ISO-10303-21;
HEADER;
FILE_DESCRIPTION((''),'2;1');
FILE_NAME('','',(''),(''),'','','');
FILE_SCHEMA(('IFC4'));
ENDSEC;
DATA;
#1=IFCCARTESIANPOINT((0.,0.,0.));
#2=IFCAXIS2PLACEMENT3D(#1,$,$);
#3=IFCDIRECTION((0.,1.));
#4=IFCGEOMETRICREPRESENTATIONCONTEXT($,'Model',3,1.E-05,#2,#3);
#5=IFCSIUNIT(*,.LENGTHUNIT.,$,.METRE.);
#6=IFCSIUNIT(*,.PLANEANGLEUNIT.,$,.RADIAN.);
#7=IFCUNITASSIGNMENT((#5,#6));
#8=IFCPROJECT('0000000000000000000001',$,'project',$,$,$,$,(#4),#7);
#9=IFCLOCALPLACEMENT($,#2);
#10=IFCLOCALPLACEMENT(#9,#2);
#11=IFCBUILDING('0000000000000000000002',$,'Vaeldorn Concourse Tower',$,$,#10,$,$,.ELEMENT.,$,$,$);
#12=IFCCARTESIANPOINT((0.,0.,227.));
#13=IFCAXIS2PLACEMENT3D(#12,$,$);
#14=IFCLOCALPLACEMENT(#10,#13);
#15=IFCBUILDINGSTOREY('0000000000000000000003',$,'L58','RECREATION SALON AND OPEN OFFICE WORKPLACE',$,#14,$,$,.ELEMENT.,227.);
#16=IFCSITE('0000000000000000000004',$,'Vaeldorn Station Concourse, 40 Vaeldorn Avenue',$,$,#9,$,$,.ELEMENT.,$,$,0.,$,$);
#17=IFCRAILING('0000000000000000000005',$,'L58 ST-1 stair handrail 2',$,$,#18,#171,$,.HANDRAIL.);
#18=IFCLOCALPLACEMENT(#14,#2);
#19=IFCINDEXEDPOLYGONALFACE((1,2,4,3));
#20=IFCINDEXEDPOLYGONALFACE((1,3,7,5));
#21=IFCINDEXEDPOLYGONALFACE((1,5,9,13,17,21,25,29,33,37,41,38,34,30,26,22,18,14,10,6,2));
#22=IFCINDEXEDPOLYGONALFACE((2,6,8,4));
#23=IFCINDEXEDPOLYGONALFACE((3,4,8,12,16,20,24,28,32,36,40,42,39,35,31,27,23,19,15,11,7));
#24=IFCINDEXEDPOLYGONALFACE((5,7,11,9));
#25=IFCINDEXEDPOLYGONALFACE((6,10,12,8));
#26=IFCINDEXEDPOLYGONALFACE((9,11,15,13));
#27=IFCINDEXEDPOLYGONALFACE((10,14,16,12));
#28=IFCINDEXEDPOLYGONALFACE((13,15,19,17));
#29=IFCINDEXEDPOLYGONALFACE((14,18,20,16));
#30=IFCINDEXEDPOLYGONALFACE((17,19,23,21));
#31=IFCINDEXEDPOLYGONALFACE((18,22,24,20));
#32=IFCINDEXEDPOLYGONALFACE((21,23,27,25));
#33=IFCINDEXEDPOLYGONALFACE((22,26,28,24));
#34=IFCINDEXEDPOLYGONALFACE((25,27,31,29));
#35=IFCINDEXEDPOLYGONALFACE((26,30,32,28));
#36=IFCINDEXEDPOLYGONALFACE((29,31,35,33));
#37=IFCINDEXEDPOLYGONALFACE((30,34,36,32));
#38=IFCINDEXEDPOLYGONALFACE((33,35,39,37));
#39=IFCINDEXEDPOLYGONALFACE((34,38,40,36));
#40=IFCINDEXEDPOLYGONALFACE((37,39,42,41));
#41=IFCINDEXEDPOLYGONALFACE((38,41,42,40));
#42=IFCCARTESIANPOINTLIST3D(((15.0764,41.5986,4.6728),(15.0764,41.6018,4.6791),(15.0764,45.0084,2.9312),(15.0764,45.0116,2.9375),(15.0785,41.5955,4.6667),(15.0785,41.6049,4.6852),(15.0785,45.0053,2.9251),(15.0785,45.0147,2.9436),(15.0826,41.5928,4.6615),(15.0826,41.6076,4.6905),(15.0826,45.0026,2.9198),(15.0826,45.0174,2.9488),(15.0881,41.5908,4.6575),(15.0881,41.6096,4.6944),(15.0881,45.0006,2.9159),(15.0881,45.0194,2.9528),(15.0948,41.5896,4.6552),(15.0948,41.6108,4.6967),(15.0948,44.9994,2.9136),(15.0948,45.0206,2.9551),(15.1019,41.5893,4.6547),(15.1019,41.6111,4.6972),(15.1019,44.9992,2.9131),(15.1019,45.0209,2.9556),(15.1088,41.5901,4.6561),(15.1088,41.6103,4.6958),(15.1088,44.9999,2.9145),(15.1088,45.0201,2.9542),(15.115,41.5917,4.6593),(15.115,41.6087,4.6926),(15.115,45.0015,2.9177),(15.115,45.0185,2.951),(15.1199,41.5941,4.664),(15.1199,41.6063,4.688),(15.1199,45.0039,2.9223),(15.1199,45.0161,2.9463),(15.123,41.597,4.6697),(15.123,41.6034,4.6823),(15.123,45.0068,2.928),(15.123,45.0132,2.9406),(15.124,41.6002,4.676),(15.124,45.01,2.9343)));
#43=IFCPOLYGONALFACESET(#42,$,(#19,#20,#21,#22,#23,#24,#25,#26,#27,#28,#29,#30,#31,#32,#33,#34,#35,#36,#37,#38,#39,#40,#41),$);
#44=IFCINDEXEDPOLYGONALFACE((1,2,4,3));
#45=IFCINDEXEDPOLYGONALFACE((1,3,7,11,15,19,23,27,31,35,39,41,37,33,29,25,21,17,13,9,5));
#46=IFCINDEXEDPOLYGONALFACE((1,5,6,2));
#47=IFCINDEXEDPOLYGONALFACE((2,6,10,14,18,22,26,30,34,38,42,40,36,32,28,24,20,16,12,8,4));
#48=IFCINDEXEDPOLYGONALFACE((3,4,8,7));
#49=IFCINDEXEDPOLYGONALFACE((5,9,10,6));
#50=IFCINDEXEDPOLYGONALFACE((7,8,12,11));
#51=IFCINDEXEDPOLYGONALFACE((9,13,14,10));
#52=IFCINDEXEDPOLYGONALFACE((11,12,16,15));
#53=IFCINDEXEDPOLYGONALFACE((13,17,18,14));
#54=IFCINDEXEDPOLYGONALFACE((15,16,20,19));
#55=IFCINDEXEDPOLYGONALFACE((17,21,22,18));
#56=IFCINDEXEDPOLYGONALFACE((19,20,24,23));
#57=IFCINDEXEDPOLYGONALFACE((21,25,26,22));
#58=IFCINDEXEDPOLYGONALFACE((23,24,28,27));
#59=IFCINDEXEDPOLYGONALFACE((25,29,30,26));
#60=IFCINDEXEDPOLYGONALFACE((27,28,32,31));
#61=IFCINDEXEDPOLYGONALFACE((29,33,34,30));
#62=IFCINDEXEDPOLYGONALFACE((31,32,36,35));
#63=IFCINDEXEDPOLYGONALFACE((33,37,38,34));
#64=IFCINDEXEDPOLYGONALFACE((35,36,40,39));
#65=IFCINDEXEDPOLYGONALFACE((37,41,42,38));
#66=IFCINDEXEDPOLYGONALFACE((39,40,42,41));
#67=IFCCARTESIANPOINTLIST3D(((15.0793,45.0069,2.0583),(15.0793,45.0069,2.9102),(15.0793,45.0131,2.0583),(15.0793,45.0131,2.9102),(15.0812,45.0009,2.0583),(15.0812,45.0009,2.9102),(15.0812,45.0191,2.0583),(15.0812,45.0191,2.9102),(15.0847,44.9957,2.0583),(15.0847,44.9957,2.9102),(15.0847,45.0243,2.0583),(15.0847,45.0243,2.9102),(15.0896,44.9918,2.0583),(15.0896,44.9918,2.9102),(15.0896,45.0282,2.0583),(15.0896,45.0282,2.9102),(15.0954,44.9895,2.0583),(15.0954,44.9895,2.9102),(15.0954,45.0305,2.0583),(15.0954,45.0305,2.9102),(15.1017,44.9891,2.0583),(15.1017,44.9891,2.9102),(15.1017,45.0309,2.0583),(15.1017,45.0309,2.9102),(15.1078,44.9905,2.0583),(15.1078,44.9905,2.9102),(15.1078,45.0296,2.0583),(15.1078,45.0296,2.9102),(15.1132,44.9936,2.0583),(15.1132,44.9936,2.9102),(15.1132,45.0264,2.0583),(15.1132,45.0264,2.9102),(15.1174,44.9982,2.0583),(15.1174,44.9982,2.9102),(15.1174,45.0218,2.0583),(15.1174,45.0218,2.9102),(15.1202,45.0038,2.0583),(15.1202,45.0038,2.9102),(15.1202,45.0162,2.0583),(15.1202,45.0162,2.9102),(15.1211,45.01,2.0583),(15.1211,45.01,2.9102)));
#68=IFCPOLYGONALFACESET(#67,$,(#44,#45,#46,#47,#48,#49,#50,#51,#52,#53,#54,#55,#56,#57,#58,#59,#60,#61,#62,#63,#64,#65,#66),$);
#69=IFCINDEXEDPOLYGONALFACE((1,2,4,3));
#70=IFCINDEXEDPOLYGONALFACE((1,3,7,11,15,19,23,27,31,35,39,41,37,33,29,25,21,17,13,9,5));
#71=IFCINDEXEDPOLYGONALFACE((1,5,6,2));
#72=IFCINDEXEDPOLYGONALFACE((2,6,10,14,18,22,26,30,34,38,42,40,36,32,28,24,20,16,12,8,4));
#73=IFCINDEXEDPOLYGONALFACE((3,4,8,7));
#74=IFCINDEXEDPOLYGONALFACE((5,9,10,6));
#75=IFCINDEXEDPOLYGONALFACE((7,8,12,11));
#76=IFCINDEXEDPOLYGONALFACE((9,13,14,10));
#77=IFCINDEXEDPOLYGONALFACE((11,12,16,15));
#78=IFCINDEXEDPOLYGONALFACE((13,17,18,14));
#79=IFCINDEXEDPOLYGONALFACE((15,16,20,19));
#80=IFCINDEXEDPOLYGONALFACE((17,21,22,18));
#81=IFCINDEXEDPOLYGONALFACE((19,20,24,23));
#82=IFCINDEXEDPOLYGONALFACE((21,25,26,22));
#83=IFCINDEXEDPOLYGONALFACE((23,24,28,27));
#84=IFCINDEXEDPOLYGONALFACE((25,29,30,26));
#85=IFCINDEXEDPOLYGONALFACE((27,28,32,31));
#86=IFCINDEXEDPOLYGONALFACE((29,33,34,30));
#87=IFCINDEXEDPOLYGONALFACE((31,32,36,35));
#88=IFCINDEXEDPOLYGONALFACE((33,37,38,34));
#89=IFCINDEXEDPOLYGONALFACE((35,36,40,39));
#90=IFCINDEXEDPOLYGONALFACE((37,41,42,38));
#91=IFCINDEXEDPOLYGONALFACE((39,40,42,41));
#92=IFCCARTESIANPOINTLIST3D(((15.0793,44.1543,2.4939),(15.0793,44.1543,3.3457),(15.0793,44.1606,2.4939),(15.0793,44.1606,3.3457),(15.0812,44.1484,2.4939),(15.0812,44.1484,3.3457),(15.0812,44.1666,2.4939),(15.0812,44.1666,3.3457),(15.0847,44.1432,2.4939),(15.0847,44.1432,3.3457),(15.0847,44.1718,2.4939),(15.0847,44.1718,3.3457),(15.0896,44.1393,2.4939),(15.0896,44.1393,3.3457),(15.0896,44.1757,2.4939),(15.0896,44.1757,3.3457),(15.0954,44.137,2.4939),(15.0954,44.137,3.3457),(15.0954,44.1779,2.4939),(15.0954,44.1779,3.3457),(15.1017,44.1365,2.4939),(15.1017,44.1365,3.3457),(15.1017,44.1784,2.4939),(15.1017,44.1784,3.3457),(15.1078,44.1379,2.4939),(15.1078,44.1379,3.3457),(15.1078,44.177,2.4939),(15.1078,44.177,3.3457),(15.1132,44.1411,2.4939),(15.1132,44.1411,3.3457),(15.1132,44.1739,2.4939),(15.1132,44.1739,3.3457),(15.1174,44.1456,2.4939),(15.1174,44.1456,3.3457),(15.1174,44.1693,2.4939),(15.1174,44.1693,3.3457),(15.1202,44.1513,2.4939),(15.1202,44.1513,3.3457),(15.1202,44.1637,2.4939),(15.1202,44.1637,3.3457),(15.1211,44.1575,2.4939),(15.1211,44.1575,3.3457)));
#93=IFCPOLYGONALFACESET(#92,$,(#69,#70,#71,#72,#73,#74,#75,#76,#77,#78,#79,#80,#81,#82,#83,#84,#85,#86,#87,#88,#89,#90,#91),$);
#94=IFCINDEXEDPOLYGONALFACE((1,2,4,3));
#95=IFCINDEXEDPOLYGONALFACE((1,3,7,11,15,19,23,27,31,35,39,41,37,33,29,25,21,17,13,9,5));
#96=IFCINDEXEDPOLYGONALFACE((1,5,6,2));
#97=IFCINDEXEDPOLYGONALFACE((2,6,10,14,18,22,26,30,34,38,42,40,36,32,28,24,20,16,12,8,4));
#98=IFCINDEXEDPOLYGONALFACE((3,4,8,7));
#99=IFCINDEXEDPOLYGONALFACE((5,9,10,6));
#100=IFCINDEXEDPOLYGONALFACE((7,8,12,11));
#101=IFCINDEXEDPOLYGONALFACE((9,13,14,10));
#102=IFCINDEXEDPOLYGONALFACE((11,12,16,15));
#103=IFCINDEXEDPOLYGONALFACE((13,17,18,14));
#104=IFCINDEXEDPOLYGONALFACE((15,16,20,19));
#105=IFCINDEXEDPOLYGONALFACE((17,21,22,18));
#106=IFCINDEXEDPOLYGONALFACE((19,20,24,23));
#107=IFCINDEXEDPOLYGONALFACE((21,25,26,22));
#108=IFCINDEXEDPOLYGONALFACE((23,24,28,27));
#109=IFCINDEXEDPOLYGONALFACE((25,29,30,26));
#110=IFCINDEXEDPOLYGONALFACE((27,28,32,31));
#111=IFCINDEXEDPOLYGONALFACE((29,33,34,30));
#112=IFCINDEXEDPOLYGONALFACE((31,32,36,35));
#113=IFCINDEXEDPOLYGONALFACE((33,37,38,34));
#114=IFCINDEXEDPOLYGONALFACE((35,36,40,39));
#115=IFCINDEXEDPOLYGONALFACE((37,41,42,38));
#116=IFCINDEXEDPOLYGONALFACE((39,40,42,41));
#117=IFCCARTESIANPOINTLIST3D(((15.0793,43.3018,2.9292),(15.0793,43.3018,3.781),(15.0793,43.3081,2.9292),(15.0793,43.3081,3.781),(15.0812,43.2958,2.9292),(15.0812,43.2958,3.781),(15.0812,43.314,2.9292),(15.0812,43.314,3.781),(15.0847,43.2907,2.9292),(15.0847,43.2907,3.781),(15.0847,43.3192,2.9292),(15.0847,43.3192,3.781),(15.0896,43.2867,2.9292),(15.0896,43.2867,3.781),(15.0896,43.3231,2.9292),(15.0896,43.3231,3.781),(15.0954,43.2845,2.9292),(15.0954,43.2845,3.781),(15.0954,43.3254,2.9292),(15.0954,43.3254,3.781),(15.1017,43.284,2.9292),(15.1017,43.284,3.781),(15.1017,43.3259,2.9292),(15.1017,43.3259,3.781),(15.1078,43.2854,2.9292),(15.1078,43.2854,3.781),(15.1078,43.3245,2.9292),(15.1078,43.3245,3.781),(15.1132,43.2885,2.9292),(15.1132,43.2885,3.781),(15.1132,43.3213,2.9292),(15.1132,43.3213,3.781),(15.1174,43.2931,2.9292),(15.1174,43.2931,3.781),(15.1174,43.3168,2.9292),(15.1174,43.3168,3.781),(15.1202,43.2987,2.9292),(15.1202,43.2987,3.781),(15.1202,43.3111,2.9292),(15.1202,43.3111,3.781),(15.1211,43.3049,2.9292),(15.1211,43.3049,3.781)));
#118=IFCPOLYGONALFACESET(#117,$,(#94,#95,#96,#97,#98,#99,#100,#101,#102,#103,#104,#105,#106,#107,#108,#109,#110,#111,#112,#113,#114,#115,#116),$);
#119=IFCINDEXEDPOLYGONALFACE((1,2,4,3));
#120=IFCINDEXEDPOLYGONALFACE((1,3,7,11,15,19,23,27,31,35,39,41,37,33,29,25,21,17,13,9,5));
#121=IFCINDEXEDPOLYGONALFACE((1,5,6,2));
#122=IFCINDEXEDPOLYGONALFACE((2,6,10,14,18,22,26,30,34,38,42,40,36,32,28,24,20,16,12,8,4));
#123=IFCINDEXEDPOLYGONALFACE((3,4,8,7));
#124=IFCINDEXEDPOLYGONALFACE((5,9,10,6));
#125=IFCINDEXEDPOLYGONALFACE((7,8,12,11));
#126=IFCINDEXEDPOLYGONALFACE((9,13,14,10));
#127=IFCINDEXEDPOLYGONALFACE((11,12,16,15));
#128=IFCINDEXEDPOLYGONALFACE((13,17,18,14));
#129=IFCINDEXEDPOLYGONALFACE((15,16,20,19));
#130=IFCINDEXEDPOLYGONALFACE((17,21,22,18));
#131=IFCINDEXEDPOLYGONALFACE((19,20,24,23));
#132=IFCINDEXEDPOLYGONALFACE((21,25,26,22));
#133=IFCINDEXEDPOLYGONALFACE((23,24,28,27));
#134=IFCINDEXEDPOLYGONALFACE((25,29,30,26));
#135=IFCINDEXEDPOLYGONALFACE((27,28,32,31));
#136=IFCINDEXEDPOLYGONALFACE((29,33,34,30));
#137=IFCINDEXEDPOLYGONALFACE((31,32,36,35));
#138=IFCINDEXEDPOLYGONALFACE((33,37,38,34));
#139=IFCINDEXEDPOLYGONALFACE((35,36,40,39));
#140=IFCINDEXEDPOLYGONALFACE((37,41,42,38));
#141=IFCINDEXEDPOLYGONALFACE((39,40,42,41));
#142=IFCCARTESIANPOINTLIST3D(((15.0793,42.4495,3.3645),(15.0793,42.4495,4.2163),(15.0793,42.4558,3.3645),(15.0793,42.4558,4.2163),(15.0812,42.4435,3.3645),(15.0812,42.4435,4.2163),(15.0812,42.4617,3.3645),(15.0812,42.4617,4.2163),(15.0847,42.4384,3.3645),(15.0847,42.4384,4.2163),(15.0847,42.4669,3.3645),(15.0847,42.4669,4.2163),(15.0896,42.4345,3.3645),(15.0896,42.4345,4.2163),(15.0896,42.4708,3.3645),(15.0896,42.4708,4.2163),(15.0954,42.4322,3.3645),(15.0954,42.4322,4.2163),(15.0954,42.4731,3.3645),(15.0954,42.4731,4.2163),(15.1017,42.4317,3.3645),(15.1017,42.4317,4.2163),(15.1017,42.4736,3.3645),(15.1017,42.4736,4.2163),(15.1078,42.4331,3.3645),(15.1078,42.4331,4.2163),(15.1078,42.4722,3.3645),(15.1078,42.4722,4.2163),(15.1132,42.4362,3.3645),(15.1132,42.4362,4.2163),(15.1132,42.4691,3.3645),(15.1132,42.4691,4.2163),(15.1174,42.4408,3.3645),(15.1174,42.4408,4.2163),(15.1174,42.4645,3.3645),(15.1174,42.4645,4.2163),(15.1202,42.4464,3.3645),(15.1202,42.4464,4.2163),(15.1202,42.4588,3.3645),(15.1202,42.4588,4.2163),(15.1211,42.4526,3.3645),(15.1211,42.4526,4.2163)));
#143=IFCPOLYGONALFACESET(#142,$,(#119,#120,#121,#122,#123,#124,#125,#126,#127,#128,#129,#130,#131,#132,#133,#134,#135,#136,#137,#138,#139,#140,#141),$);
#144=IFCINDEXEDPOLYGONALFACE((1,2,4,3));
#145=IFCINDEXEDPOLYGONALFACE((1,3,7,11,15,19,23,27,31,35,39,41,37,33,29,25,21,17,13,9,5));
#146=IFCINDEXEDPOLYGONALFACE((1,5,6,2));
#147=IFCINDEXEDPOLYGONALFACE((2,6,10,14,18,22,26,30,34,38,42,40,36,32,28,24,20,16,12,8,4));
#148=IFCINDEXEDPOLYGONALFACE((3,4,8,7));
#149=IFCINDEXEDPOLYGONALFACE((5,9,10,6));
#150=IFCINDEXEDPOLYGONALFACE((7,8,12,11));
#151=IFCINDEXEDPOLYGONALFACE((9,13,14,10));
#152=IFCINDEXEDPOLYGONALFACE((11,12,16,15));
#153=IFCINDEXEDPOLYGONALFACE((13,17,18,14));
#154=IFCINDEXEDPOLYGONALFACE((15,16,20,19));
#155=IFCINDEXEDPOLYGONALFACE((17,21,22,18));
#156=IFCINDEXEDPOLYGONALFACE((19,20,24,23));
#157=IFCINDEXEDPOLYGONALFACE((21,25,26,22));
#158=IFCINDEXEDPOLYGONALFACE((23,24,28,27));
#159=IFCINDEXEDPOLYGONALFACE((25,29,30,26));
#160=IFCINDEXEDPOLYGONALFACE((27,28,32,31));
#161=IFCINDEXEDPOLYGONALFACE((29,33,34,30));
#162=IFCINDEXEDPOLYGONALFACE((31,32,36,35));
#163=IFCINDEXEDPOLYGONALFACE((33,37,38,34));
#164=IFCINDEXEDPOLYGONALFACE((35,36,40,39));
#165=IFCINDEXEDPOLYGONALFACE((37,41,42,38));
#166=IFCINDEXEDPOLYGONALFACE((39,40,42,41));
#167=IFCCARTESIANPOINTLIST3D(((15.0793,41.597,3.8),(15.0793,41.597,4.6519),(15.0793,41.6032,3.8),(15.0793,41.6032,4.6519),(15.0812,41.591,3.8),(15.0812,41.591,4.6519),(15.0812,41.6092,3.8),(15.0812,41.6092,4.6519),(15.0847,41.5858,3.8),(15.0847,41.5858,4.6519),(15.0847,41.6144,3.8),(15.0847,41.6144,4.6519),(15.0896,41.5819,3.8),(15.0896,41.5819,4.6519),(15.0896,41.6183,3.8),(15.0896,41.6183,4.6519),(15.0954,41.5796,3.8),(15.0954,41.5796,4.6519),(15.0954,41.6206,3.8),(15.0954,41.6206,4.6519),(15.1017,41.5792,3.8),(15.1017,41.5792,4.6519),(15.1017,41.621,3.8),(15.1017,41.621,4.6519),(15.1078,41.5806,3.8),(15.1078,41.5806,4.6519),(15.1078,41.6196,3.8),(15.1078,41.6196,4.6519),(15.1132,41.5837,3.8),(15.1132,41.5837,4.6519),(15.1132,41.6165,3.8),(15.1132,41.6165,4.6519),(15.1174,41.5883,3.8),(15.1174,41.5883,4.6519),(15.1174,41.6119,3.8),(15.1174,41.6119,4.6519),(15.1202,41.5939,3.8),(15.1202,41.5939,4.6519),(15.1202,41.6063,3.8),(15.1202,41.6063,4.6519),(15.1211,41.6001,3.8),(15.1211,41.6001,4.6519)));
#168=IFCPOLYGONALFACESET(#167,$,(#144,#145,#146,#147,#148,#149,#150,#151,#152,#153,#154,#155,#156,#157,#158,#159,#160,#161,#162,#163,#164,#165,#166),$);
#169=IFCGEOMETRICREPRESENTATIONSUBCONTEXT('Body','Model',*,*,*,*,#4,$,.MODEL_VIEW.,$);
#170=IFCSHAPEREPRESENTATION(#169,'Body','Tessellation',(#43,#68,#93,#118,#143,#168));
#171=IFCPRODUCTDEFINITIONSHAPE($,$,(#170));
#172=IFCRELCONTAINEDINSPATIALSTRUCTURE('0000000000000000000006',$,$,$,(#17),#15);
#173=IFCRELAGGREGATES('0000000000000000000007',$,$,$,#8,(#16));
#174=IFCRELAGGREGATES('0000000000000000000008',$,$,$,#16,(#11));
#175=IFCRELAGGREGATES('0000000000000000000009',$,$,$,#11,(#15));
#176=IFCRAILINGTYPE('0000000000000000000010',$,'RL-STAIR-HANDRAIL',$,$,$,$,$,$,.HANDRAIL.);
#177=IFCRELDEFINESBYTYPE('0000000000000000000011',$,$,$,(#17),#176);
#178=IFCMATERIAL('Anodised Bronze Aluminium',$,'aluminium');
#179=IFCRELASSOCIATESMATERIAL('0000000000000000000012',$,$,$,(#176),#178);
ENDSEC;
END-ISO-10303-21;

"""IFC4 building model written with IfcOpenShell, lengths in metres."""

from ifc_helpers import new_model, si_unit, direction, frame, origin, origin_2d, place, context, subcontext, project, spatial, circle, extrude, material, type_object, element, save


model = new_model("IFC4")

# Units and contexts
model_context = context("Model", 3, precision=1e-05, world=origin(), true_north=direction((0.0, 1.0)))
body_context = subcontext(model_context, "Body", "Model", "MODEL_VIEW")
ifc_project = project(units=[si_unit("LENGTHUNIT", "METRE"), si_unit("PLANEANGLEUNIT", "RADIAN")], contexts=[model_context])

# Site, building, storey
site_placement = place(None, origin())
site = spatial("IfcSite", under=ifc_project, at=site_placement, Name="Vaeldorn Station Concourse, 40 Vaeldorn Avenue", CompositionType="ELEMENT", RefElevation=0.0)
building_placement = place(site_placement, origin())
building = spatial("IfcBuilding", under=site, at=building_placement, Name="Vaeldorn Concourse Tower", CompositionType="ELEMENT")
storey_placement = place(building_placement, frame((0.0, 0.0, 227.0)))
storey = spatial("IfcBuildingStorey", under=building, at=storey_placement, Name="L58", Description="RECREATION SALON AND OPEN OFFICE WORKPLACE", CompositionType="ELEMENT", Elevation=227.0)

# Shared definitions
ifc_material_1 = material(Name="Anodised Bronze Aluminium", Category="aluminium")

# Railing
railing_type_1 = type_object("IfcRailingType", Name="RL-STAIR-HANDRAIL", PredefinedType="HANDRAIL", material=ifc_material_1)
railing_1_placement = place(storey_placement, frame((15.1001, 45.01, 2.0583)))
element("IfcRailing", 1, at=railing_1_placement, inside=storey, type_object=railing_type_1, Name="L58 ST-1 stair handrail 2", PredefinedType="HANDRAIL", context=body_context, shape_type="SweptSolid", body=[
    extrude(circle(Radius=0.0239, at=origin_2d()), frame((0.0, 0.0, 0.876), z_axis=(0.0, -0.890556, 0.454874), x_axis=(1.0, 0.0, 0.0)), (0.0, 0.0, 1.0), 3.8289),
    extrude(circle(Radius=0.021, at=origin_2d()), origin(), (0.0, 0.0, 1.0), 0.8518),
    extrude(circle(Radius=0.021, at=origin_2d()), frame((0.0, -0.8525, 0.4355)), (0.0, 0.0, 1.0), 0.8518),
    extrude(circle(Radius=0.021, at=origin_2d()), frame((0.0, -1.7051, 0.8708)), (0.0, 0.0, 1.0), 0.8518),
    extrude(circle(Radius=0.021, at=origin_2d()), frame((0.0, -2.5574, 1.3062)), (0.0, 0.0, 1.0), 0.8518),
    extrude(circle(Radius=0.021, at=origin_2d()), frame((0.0, -3.4099, 1.7417)), (0.0, 0.0, 1.0), 0.8518),
])

save(model, "model.ifc")
